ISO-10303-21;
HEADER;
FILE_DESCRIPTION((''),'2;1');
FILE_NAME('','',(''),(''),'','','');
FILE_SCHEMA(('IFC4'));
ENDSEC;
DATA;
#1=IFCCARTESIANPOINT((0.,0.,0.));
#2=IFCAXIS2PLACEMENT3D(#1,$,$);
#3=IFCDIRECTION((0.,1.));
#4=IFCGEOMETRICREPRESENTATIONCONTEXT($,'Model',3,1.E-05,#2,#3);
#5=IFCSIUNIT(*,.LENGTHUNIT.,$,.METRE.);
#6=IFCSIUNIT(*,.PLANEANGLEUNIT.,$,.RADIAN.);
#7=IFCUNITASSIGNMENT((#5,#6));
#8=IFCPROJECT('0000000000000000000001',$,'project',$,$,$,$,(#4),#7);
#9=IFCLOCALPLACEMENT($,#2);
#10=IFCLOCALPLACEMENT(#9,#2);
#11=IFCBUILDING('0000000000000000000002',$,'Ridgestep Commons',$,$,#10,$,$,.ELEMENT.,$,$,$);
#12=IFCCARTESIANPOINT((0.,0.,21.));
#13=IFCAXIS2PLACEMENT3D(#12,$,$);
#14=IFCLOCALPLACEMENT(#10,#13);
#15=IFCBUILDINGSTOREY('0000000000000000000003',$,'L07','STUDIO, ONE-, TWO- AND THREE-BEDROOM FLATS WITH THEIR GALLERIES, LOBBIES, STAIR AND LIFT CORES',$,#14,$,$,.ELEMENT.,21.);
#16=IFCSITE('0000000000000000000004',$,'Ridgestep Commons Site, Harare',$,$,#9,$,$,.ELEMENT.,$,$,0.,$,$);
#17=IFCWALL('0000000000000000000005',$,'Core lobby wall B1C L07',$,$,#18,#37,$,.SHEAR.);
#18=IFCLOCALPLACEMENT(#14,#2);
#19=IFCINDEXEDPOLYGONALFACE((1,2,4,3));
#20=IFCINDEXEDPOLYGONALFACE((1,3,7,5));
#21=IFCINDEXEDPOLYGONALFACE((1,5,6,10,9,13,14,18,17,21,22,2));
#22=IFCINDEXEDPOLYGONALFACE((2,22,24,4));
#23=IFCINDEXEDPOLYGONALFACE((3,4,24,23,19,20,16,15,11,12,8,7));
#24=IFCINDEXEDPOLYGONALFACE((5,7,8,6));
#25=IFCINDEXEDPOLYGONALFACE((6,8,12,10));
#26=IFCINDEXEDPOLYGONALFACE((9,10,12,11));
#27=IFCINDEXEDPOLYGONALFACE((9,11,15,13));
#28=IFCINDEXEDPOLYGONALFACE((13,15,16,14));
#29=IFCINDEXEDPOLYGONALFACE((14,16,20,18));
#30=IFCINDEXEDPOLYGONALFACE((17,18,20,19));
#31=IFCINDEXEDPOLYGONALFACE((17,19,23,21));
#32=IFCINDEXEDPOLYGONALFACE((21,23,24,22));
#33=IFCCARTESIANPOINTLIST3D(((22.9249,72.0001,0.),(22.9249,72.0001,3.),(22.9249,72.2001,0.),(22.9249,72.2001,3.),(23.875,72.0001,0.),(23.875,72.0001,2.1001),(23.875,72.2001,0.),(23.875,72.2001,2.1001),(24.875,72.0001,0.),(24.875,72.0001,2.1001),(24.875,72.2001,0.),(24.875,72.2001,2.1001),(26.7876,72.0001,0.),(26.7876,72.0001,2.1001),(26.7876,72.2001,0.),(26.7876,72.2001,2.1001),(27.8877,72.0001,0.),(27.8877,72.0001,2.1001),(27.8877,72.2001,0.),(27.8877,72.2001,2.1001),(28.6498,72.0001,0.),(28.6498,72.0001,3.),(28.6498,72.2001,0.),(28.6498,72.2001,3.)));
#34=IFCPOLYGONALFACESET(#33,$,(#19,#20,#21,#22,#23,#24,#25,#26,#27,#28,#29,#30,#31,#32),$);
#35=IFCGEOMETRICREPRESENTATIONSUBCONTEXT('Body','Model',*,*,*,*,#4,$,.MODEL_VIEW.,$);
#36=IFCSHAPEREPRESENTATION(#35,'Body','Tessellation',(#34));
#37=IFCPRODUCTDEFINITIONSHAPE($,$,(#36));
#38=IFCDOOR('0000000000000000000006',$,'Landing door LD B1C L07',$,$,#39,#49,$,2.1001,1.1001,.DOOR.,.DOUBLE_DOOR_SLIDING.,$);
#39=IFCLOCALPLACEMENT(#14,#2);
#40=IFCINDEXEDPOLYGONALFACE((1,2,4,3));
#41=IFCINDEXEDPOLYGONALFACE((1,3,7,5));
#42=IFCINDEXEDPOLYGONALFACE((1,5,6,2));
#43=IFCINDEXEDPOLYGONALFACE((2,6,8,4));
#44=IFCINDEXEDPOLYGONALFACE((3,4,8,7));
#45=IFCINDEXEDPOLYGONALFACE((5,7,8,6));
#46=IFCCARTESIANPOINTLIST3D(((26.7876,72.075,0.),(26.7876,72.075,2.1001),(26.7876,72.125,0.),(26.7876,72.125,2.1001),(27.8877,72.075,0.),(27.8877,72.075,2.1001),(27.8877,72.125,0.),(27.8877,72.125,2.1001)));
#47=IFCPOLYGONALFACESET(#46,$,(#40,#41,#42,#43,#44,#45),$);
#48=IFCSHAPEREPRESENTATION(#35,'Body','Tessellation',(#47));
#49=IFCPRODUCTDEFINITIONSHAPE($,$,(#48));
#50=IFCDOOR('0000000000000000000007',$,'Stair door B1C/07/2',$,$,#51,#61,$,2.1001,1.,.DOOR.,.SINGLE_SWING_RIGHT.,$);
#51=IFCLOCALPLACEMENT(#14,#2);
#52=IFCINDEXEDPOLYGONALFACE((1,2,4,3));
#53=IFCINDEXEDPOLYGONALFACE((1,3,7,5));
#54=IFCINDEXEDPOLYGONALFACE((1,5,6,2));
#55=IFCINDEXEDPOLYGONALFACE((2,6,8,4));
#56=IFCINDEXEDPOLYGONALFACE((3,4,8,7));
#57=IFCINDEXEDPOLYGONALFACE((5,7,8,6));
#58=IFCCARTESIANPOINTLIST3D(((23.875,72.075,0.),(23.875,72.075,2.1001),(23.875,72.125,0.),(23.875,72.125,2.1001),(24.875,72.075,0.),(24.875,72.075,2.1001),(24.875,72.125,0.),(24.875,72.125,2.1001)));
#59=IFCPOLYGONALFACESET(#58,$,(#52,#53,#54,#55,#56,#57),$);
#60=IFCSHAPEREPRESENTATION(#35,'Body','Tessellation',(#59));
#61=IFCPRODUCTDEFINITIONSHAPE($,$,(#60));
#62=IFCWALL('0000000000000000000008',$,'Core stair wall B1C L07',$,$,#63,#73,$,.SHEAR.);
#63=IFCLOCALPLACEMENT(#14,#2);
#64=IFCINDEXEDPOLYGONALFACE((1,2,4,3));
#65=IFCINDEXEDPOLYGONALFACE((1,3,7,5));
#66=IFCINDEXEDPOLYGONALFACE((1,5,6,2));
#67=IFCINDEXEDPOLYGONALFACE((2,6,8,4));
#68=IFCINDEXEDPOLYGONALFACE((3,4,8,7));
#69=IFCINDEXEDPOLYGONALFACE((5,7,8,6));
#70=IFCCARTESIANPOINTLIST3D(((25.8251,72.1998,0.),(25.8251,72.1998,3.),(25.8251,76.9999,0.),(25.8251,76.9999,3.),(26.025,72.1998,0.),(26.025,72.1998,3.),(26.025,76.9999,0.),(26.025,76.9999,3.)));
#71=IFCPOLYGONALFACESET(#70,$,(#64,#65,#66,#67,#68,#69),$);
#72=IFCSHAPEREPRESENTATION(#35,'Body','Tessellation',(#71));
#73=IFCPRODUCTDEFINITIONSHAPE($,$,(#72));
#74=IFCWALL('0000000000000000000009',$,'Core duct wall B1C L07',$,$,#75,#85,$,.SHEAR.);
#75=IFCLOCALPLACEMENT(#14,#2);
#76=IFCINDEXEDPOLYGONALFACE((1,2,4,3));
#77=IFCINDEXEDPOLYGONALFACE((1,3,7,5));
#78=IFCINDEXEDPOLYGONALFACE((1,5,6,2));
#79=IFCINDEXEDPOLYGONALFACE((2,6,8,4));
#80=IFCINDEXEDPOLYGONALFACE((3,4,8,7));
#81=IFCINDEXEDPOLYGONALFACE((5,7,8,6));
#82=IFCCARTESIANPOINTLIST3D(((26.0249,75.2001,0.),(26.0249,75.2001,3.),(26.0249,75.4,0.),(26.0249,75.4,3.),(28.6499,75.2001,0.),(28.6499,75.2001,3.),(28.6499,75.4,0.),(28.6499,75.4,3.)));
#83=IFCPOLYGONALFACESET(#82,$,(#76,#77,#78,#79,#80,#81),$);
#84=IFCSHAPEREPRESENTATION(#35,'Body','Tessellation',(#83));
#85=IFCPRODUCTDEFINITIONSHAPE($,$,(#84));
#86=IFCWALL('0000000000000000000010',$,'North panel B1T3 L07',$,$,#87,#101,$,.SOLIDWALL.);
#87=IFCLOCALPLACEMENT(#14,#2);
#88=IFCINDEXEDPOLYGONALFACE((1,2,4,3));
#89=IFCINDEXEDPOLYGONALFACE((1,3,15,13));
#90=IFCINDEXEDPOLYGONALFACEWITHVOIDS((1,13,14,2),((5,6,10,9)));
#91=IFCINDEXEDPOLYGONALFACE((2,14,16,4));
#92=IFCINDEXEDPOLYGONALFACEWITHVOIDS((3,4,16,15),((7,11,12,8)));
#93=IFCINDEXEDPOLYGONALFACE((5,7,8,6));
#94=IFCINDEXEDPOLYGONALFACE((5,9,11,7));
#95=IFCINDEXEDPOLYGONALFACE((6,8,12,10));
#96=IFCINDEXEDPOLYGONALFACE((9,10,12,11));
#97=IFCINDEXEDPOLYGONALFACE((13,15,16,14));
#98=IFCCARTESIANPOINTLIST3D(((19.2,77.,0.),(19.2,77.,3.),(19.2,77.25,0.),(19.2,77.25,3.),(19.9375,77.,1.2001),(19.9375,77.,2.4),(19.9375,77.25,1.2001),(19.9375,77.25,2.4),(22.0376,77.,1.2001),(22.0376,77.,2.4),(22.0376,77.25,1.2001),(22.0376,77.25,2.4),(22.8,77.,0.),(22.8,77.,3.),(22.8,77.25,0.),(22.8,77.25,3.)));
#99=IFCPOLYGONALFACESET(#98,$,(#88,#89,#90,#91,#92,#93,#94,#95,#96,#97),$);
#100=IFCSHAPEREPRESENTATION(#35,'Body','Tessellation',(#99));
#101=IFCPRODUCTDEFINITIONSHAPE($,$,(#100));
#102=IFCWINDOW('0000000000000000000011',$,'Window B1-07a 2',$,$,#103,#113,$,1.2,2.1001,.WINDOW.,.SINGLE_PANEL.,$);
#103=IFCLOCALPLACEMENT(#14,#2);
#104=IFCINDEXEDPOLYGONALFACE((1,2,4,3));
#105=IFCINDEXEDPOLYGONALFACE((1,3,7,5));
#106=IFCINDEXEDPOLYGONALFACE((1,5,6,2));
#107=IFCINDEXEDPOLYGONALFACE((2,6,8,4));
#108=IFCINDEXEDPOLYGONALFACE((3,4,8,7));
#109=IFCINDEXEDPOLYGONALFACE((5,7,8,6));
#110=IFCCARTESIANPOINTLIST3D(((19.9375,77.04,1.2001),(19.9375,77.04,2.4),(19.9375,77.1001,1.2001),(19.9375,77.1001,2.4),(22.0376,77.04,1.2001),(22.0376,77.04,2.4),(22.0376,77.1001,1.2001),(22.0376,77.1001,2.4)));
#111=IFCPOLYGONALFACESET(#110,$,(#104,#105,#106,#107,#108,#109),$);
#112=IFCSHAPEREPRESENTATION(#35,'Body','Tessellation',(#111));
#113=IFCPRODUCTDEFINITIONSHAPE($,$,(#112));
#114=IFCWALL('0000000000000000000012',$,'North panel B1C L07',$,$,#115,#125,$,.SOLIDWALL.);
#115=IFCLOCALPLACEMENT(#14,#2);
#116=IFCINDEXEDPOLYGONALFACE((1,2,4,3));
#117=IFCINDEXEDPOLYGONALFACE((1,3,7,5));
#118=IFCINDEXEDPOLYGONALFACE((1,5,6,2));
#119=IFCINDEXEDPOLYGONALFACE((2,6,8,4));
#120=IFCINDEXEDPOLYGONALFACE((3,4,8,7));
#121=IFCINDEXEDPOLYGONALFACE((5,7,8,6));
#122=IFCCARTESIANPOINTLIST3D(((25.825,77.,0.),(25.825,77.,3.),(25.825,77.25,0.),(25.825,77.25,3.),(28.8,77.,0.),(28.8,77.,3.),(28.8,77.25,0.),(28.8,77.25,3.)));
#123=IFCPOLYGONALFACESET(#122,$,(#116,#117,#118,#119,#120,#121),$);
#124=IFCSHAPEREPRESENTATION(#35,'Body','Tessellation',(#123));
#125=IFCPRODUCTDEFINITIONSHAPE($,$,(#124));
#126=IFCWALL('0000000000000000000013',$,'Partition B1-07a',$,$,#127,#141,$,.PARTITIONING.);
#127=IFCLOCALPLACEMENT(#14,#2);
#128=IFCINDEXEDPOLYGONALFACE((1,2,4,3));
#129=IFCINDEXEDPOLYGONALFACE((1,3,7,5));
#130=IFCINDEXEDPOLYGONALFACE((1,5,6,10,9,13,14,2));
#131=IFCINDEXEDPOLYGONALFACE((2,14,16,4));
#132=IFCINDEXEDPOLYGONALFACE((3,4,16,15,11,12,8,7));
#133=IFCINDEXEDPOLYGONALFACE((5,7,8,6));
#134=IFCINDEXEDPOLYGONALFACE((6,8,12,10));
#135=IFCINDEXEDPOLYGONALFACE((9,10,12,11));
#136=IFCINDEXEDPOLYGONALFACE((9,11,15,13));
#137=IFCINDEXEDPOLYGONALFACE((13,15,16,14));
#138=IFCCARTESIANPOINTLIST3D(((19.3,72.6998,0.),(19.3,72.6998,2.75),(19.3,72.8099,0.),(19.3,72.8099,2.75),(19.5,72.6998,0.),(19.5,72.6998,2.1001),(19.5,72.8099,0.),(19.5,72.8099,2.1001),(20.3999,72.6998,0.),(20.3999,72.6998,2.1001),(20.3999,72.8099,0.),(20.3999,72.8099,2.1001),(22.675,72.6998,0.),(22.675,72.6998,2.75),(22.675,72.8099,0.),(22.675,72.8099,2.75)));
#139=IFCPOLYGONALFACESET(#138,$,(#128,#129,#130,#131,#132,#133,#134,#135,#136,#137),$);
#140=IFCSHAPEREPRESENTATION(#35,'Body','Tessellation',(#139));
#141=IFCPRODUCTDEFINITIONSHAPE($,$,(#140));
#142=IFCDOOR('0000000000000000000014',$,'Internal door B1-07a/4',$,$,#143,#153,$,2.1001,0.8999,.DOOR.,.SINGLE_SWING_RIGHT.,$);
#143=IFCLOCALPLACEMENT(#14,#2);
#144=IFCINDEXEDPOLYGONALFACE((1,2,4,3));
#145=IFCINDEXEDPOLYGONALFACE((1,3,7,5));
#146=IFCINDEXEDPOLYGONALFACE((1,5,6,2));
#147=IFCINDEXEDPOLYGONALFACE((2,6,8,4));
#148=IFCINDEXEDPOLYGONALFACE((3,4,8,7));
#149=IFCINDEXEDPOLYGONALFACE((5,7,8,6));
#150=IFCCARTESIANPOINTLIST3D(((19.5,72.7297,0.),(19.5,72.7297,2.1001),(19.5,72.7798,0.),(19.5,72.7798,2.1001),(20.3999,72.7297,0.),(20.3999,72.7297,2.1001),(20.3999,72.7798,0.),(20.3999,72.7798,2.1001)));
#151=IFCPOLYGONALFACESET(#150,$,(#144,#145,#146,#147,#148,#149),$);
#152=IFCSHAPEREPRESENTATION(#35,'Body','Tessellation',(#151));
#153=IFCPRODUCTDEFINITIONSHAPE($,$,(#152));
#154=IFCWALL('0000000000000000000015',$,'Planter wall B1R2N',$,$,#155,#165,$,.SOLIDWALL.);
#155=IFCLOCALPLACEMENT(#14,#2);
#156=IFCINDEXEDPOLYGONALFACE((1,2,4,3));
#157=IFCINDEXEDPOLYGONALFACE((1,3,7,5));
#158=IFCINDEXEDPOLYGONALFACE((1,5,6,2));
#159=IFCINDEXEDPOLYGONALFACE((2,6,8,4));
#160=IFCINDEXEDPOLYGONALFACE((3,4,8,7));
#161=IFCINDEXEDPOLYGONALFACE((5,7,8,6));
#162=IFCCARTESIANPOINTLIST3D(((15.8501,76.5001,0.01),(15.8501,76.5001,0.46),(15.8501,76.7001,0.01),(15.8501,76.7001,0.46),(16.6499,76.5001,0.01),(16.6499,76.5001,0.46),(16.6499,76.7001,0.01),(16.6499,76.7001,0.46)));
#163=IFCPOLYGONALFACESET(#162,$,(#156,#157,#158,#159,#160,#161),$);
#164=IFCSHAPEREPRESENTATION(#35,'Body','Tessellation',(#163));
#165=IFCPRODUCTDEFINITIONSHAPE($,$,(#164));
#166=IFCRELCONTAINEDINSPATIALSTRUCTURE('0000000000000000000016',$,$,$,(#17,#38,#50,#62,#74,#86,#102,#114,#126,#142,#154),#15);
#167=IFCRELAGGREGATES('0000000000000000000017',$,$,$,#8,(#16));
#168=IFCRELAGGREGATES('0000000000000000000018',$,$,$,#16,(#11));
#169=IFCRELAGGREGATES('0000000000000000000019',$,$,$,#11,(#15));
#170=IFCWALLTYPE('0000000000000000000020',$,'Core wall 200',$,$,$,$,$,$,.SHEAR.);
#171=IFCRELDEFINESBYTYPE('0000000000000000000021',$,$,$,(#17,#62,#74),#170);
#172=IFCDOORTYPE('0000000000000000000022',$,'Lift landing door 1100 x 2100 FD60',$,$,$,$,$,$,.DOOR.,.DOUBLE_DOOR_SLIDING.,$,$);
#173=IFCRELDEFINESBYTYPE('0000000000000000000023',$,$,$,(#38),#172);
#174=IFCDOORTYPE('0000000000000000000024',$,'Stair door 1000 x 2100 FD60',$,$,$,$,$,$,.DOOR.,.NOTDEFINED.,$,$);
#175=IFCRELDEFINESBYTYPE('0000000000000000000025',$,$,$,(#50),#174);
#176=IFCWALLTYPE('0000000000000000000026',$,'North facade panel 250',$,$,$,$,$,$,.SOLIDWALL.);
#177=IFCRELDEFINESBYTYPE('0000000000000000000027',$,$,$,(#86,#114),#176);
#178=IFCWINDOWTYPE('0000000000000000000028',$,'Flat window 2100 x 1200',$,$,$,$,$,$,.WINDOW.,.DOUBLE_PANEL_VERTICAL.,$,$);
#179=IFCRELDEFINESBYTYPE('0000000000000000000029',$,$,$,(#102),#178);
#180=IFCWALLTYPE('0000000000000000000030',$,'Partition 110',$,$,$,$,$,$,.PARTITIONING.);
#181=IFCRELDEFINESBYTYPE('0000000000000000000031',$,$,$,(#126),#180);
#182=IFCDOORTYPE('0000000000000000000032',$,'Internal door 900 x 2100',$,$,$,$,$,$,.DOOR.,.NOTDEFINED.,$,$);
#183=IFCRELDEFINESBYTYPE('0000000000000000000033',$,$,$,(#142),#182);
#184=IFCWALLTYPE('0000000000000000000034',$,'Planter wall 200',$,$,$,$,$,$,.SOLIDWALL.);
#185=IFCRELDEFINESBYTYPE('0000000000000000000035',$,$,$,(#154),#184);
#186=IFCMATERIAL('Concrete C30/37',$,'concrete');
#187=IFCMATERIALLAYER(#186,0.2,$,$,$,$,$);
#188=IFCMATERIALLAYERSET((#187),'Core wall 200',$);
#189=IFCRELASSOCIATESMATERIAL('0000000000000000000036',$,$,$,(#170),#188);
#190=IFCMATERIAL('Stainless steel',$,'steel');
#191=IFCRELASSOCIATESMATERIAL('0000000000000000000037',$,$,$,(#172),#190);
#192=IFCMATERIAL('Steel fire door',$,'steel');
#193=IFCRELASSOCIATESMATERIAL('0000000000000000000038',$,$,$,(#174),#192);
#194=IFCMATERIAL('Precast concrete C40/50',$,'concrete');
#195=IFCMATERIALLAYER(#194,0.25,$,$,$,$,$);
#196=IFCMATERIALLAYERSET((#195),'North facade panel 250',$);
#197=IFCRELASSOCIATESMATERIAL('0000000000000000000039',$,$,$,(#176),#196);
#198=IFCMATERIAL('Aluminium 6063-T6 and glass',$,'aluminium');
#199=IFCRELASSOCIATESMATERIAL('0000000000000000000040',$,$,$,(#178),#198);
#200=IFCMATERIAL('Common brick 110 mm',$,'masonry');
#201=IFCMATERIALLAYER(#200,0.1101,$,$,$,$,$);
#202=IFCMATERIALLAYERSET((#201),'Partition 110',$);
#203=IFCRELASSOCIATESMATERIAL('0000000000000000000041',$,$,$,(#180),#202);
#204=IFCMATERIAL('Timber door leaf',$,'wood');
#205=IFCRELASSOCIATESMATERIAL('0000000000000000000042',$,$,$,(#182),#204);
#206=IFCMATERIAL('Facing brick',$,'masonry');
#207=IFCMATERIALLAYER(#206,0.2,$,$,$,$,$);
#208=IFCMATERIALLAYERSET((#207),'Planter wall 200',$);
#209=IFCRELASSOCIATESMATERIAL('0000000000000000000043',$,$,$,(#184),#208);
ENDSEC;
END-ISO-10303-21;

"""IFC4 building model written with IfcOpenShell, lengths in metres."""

from ifc_helpers import new_model, si_unit, direction, frame, frame_2d, origin, place, context, subcontext, project, spatial, rectangle, extrude, material, layer, layer_set, type_object, element, fill, save


model = new_model("IFC4")

# Units and contexts
model_context = context("Model", 3, precision=1e-05, world=origin(), true_north=direction((0.0, 1.0)))
body_context = subcontext(model_context, "Body", "Model", "MODEL_VIEW")
ifc_project = project(units=[si_unit("LENGTHUNIT", "METRE"), si_unit("PLANEANGLEUNIT", "RADIAN")], contexts=[model_context])

# Site, building, storey
site_placement = place(None, origin())
site = spatial("IfcSite", under=ifc_project, at=site_placement, Name="Ridgestep Commons Site, Harare", CompositionType="ELEMENT", RefElevation=0.0)
building_placement = place(site_placement, origin())
building = spatial("IfcBuilding", under=site, at=building_placement, Name="Ridgestep Commons", CompositionType="ELEMENT")
storey_placement = place(building_placement, frame((0.0, 0.0, 21.0)))
storey = spatial("IfcBuildingStorey", under=building, at=storey_placement, Name="L07", Description="STUDIO, ONE-, TWO- AND THREE-BEDROOM FLATS WITH THEIR GALLERIES, LOBBIES, STAIR AND LIFT CORES", CompositionType="ELEMENT", Elevation=21.0)

# Wall, openings, doors
ifc_material_1 = material(Name="Concrete C30/37", Category="concrete")
ifc_layer_1 = layer(ifc_material_1, 0.2)
ifc_layer_set_1 = layer_set([ifc_layer_1], Name="Core wall 200")
wall_type_1 = type_object("IfcWallType", Name="Core wall 200", PredefinedType="SHEAR", material=ifc_layer_set_1)
wall_1_placement = place(storey_placement, frame((22.925, 72.1001, 0.0), z_axis=(0.0, 0.0, 1.0), x_axis=(1.0, 0.0, 0.0)))
wall_1 = element("IfcWall", 1, at=wall_1_placement, inside=storey, type_object=wall_type_1, Name="Core lobby wall B1C L07", PredefinedType="SHEAR", context=body_context, shape_type="SweptSolid", body=[
    extrude(rectangle(XDim=5.7249, YDim=0.2, at=frame_2d((2.8623, 0.0))), origin(), (0.0, 0.0, 1.0), 3.0),
])
opening_1_placement = place(wall_1_placement, frame((0.95, 0.0, 0.0)))
opening_1 = element("IfcOpeningElement", 2, at=opening_1_placement, cuts=wall_1, PredefinedType="OPENING", context=body_context, shape_type="SweptSolid", body=[
    extrude(rectangle(XDim=1.0, YDim=2.1001, at=frame_2d((0.5, 1.05))), frame((0.0, 0.1099, 0.0), z_axis=(0.0, -1.0, 0.0), x_axis=(1.0, 0.0, 0.0)), (0.0, 0.0, 1.0), 0.22),
])
opening_2_placement = place(wall_1_placement, frame((3.8625, 0.0, 0.0)))
opening_2 = element("IfcOpeningElement", 3, at=opening_2_placement, cuts=wall_1, PredefinedType="OPENING", context=body_context, shape_type="SweptSolid", body=[
    extrude(rectangle(XDim=1.1001, YDim=2.1001, at=frame_2d((0.55, 1.05))), frame((0.0, 0.1099, 0.0), z_axis=(0.0, -1.0, 0.0), x_axis=(1.0, 0.0, 0.0)), (0.0, 0.0, 1.0), 0.22),
])
ifc_material_2 = material(Name="Stainless steel", Category="steel")
door_type_1 = type_object("IfcDoorType", Name="Lift landing door 1100 x 2100 FD60", OperationType="DOUBLE_DOOR_SLIDING", PredefinedType="DOOR", material=ifc_material_2)
door_1_placement = place(opening_2_placement, origin())
door_1 = element("IfcDoor", 4, at=door_1_placement, inside=storey, type_object=door_type_1, Name="Landing door LD B1C L07", OperationType="DOUBLE_DOOR_SLIDING", OverallHeight=2.1001, OverallWidth=1.1001, PredefinedType="DOOR", context=body_context, shape_type="SweptSolid", body=[
    extrude(rectangle(XDim=1.1001, YDim=2.1001, at=frame_2d((0.55, 1.05))), frame((0.0, 0.0249, 0.0), z_axis=(0.0, -1.0, 0.0), x_axis=(1.0, 0.0, 0.0)), (0.0, 0.0, 1.0), 0.05),
])
fill(opening_2, door_1)
ifc_material_3 = material(Name="Steel fire door", Category="steel")
door_type_2 = type_object("IfcDoorType", Name="Stair door 1000 x 2100 FD60", OperationType="NOTDEFINED", PredefinedType="DOOR", material=ifc_material_3)
door_2_placement = place(opening_1_placement, origin())
door_2 = element("IfcDoor", 5, at=door_2_placement, inside=storey, type_object=door_type_2, Name="Stair door B1C/07/2", OperationType="SINGLE_SWING_RIGHT", OverallHeight=2.1001, OverallWidth=1.0, PredefinedType="DOOR", context=body_context, shape_type="SweptSolid", body=[
    extrude(rectangle(XDim=1.0, YDim=2.1001, at=frame_2d((0.5, 1.05))), frame((0.0, 0.0249, 0.0), z_axis=(0.0, -1.0, 0.0), x_axis=(1.0, 0.0, 0.0)), (0.0, 0.0, 1.0), 0.05),
])
fill(opening_1, door_2)

# Walls
wall_2_placement = place(storey_placement, frame((25.925, 72.2, 0.0), z_axis=(0.0, 0.0, 1.0), x_axis=(0.0, 1.0, 0.0)))
element("IfcWall", 6, at=wall_2_placement, inside=storey, type_object=wall_type_1, Name="Core stair wall B1C L07", PredefinedType="SHEAR", context=body_context, shape_type="SweptSolid", body=[
    extrude(rectangle(XDim=4.8, YDim=0.2, at=frame_2d((2.3999, 0.0))), origin(), (0.0, 0.0, 1.0), 3.0),
])
wall_3_placement = place(storey_placement, frame((26.0249, 75.3, 0.0), z_axis=(0.0, 0.0, 1.0), x_axis=(1.0, 0.0, 0.0)))
element("IfcWall", 7, at=wall_3_placement, inside=storey, type_object=wall_type_1, Name="Core duct wall B1C L07", PredefinedType="SHEAR", context=body_context, shape_type="SweptSolid", body=[
    extrude(rectangle(XDim=2.625, YDim=0.2, at=frame_2d((1.3125, 0.0))), origin(), (0.0, 0.0, 1.0), 3.0),
])

# Wall, opening, window
ifc_material_4 = material(Name="Precast concrete C40/50", Category="concrete")
ifc_layer_2 = layer(ifc_material_4, 0.25)
ifc_layer_set_2 = layer_set([ifc_layer_2], Name="North facade panel 250")
wall_type_2 = type_object("IfcWallType", Name="North facade panel 250", PredefinedType="SOLIDWALL", material=ifc_layer_set_2)
wall_4_placement = place(storey_placement, frame((19.2, 77.125, 0.0), z_axis=(0.0, 0.0, 1.0), x_axis=(1.0, 0.0, 0.0)))
wall_4 = element("IfcWall", 8, at=wall_4_placement, inside=storey, type_object=wall_type_2, Name="North panel B1T3 L07", PredefinedType="SOLIDWALL", context=body_context, shape_type="SweptSolid", body=[
    extrude(rectangle(XDim=3.6001, YDim=0.25, at=frame_2d((1.8, 0.0))), origin(), (0.0, 0.0, 1.0), 3.0),
])
opening_3_placement = place(wall_4_placement, frame((0.7375, 0.0, 1.2)))
opening_3 = element("IfcOpeningElement", 9, at=opening_3_placement, cuts=wall_4, PredefinedType="OPENING", context=body_context, shape_type="SweptSolid", body=[
    extrude(rectangle(XDim=2.1001, YDim=1.2, at=frame_2d((1.05, 0.6001))), frame((0.0, 0.135, 0.0), z_axis=(0.0, -1.0, 0.0), x_axis=(1.0, 0.0, 0.0)), (0.0, 0.0, 1.0), 0.27),
])
ifc_material_5 = material(Name="Aluminium 6063-T6 and glass", Category="aluminium")
window_type = type_object("IfcWindowType", Name="Flat window 2100 x 1200", PartitioningType="DOUBLE_PANEL_VERTICAL", PredefinedType="WINDOW", material=ifc_material_5)
window_placement = place(opening_3_placement, origin())
window = element("IfcWindow", 10, at=window_placement, inside=storey, type_object=window_type, Name="Window B1-07a 2", OverallHeight=1.2, OverallWidth=2.1001, PartitioningType="SINGLE_PANEL", PredefinedType="WINDOW", context=body_context, shape_type="SweptSolid", body=[
    extrude(rectangle(XDim=2.1001, YDim=1.2, at=frame_2d((1.05, 0.6001))), frame((0.0, -0.0249, 0.0), z_axis=(0.0, -1.0, 0.0), x_axis=(1.0, 0.0, 0.0)), (0.0, 0.0, 1.0), 0.0601),
])
fill(opening_3, window)

# Wall
wall_5_placement = place(storey_placement, frame((25.825, 77.125, 0.0), z_axis=(0.0, 0.0, 1.0), x_axis=(1.0, 0.0, 0.0)))
element("IfcWall", 11, at=wall_5_placement, inside=storey, type_object=wall_type_2, Name="North panel B1C L07", PredefinedType="SOLIDWALL", context=body_context, shape_type="SweptSolid", body=[
    extrude(rectangle(XDim=2.9751, YDim=0.25, at=frame_2d((1.4875, 0.0))), origin(), (0.0, 0.0, 1.0), 3.0),
])

# Wall, opening, door
ifc_material_6 = material(Name="Common brick 110 mm", Category="masonry")
ifc_layer_3 = layer(ifc_material_6, 0.1101)
ifc_layer_set_3 = layer_set([ifc_layer_3], Name="Partition 110")
wall_type_3 = type_object("IfcWallType", Name="Partition 110", PredefinedType="PARTITIONING", material=ifc_layer_set_3)
wall_6_placement = place(storey_placement, frame((19.3, 72.7549, 0.0), z_axis=(0.0, 0.0, 1.0), x_axis=(1.0, 0.0, 0.0)))
wall_6 = element("IfcWall", 12, at=wall_6_placement, inside=storey, type_object=wall_type_3, Name="Partition B1-07a", PredefinedType="PARTITIONING", context=body_context, shape_type="SweptSolid", body=[
    extrude(rectangle(XDim=3.375, YDim=0.1101, at=frame_2d((1.6875, 0.0))), origin(), (0.0, 0.0, 1.0), 2.75),
])
opening_4_placement = place(wall_6_placement, frame((0.2, 0.0, 0.0)))
opening_4 = element("IfcOpeningElement", 13, at=opening_4_placement, cuts=wall_6, PredefinedType="OPENING", context=body_context, shape_type="SweptSolid", body=[
    extrude(rectangle(XDim=0.8999, YDim=2.1001, at=frame_2d((0.45, 1.05))), frame((0.0, 0.0649, 0.0), z_axis=(0.0, -1.0, 0.0), x_axis=(1.0, 0.0, 0.0)), (0.0, 0.0, 1.0), 0.1301),
])
ifc_material_7 = material(Name="Timber door leaf", Category="wood")
door_type_3 = type_object("IfcDoorType", Name="Internal door 900 x 2100", OperationType="NOTDEFINED", PredefinedType="DOOR", material=ifc_material_7)
door_3_placement = place(opening_4_placement, origin())
door_3 = element("IfcDoor", 14, at=door_3_placement, inside=storey, type_object=door_type_3, Name="Internal door B1-07a/4", OperationType="SINGLE_SWING_RIGHT", OverallHeight=2.1001, OverallWidth=0.8999, PredefinedType="DOOR", context=body_context, shape_type="SweptSolid", body=[
    extrude(rectangle(XDim=0.8999, YDim=2.1001, at=frame_2d((0.45, 1.05))), frame((0.0, 0.0249, 0.0), z_axis=(0.0, -1.0, 0.0), x_axis=(1.0, 0.0, 0.0)), (0.0, 0.0, 1.0), 0.05),
])
fill(opening_4, door_3)

# Wall
ifc_material_8 = material(Name="Facing brick", Category="masonry")
ifc_layer_4 = layer(ifc_material_8, 0.2)
ifc_layer_set_4 = layer_set([ifc_layer_4], Name="Planter wall 200")
wall_type_4 = type_object("IfcWallType", Name="Planter wall 200", PredefinedType="SOLIDWALL", material=ifc_layer_set_4)
wall_7_placement = place(storey_placement, frame((15.8501, 76.6001, 0.01), z_axis=(0.0, 0.0, 1.0), x_axis=(1.0, 0.0, 0.0)))
element("IfcWall", 15, at=wall_7_placement, inside=storey, type_object=wall_type_4, Name="Planter wall B1R2N", PredefinedType="SOLIDWALL", context=body_context, shape_type="SweptSolid", body=[
    extrude(rectangle(XDim=0.7998, YDim=0.2, at=frame_2d((0.3999, 0.0))), origin(), (0.0, 0.0, 1.0), 0.45),
])

save(model, "model.ifc")
